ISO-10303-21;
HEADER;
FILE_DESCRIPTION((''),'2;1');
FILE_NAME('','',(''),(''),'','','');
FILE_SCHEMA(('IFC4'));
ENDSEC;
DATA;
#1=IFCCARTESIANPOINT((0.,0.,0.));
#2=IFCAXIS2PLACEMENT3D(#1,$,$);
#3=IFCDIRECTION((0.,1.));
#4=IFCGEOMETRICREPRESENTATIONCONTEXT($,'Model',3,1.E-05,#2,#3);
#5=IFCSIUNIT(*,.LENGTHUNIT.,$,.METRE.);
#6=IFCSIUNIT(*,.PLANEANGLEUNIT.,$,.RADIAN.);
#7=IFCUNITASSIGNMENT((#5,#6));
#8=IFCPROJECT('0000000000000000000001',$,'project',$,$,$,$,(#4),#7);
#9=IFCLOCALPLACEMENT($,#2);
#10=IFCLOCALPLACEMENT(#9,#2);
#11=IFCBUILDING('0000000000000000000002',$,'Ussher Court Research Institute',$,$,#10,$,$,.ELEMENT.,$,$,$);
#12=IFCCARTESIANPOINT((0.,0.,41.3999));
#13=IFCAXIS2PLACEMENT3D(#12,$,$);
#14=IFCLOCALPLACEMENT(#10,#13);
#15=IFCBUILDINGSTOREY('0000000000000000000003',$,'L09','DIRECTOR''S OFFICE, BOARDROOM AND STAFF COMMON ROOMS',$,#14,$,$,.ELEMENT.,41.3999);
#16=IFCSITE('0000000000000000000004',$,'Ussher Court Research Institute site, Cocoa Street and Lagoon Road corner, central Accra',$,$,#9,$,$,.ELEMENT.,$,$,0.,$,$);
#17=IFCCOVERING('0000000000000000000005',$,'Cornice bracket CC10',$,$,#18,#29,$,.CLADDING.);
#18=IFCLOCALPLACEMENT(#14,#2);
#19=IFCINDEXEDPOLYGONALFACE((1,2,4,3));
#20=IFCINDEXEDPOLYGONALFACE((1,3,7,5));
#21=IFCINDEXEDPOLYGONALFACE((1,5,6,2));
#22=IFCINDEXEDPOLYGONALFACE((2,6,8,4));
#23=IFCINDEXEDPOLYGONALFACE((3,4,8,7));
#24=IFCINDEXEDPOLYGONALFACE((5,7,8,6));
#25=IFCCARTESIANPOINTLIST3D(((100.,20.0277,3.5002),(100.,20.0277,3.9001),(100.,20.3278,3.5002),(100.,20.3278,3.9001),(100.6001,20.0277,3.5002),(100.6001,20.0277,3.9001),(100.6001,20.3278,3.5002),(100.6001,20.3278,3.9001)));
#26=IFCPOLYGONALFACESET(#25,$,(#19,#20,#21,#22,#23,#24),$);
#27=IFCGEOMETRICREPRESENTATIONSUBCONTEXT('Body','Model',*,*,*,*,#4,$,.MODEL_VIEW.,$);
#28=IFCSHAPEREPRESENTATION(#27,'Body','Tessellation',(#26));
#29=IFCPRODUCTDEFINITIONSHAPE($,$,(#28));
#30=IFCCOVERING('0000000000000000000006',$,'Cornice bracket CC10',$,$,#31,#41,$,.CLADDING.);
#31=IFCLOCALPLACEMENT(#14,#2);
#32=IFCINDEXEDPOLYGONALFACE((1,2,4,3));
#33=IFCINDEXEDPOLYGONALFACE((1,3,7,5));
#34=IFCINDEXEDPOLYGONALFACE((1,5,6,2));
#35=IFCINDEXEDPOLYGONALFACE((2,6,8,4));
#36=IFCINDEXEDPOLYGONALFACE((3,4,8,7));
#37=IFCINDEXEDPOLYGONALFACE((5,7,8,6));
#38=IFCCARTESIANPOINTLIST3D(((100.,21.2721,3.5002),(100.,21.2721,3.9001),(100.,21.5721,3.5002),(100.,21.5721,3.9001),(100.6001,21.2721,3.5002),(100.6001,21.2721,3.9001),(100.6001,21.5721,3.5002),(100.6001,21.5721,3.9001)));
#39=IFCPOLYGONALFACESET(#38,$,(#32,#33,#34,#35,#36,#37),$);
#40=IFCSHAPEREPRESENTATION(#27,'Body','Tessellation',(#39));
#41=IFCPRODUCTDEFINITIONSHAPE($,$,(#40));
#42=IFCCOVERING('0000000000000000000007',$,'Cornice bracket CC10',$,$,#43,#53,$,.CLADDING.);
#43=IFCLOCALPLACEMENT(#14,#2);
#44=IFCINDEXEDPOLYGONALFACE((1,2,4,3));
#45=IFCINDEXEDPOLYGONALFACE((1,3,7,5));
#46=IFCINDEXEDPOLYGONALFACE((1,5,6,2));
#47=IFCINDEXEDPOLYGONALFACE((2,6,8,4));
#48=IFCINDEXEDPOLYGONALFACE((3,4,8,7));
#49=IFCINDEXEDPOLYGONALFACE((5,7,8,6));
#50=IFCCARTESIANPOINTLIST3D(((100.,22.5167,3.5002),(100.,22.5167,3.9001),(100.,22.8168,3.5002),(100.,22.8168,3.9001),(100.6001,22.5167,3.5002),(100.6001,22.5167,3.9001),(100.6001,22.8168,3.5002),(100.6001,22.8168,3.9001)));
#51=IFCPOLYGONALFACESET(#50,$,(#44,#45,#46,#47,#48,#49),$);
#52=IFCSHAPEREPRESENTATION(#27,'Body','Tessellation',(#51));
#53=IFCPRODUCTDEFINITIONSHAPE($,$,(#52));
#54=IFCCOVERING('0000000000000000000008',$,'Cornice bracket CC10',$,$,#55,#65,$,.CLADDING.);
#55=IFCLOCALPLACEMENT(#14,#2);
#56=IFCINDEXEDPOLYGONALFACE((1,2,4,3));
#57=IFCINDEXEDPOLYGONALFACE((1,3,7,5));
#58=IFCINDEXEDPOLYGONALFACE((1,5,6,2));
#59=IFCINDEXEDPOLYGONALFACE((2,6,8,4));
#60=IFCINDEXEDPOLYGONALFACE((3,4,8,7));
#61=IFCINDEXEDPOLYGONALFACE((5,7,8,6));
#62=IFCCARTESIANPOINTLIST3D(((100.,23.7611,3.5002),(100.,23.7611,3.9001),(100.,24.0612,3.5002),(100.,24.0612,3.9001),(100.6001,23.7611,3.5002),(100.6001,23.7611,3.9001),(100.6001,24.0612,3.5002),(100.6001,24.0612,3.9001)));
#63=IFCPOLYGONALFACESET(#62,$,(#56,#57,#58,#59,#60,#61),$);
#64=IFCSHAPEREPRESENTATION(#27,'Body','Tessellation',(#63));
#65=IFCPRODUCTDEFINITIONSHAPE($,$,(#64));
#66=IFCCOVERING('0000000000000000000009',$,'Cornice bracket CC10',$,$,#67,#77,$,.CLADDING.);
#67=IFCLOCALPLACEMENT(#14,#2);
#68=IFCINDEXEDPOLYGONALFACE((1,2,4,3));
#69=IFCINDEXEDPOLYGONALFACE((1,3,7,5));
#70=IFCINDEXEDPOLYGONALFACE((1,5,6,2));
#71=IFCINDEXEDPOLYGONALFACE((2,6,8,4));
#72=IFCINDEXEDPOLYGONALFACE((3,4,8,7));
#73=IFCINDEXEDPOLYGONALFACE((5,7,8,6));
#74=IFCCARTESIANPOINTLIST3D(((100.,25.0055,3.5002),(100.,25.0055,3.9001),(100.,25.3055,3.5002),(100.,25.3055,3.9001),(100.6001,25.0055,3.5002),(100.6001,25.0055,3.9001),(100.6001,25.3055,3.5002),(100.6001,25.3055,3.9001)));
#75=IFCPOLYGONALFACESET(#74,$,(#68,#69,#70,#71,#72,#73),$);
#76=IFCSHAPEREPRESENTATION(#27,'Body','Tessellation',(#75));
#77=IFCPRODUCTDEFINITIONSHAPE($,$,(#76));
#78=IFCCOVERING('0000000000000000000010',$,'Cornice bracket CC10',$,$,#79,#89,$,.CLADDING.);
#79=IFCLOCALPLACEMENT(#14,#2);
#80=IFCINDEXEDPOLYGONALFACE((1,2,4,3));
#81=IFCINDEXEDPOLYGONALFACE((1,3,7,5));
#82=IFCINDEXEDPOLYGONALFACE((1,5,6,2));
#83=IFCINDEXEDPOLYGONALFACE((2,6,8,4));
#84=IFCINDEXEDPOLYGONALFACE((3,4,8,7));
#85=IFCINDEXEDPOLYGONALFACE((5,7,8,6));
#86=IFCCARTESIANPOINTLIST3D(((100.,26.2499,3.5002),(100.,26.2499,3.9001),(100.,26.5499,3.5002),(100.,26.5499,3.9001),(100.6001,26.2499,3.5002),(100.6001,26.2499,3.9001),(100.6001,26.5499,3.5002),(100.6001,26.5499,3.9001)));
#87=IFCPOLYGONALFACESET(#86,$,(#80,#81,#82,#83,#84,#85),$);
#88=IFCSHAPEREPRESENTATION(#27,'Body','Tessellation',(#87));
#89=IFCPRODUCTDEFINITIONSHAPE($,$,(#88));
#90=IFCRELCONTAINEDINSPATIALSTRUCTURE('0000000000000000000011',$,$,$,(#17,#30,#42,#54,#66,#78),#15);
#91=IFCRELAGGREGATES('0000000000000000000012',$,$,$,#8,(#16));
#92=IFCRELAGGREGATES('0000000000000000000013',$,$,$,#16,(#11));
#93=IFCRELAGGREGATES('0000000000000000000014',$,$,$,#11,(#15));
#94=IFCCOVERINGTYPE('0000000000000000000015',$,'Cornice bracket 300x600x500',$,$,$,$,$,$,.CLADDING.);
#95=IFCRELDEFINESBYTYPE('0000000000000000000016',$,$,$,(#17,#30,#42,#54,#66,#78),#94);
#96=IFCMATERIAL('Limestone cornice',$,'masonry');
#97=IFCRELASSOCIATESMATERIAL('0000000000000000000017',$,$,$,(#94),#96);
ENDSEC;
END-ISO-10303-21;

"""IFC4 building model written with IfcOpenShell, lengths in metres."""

from ifc_helpers import new_model, si_unit, direction, frame, origin, origin_2d, place, context, subcontext, project, spatial, rectangle, extrude, material, type_object, element, save


model = new_model("IFC4")

# Units and contexts
model_context = context("Model", 3, precision=1e-05, world=origin(), true_north=direction((0.0, 1.0)))
body_context = subcontext(model_context, "Body", "Model", "MODEL_VIEW")
ifc_project = project(units=[si_unit("LENGTHUNIT", "METRE"), si_unit("PLANEANGLEUNIT", "RADIAN")], contexts=[model_context])

# Site, building, storey
site_placement = place(None, origin())
site = spatial("IfcSite", under=ifc_project, at=site_placement, Name="Ussher Court Research Institute site, Cocoa Street and Lagoon Road corner, central Accra", CompositionType="ELEMENT", RefElevation=0.0)
building_placement = place(site_placement, origin())
building = spatial("IfcBuilding", under=site, at=building_placement, Name="Ussher Court Research Institute", CompositionType="ELEMENT")
storey_placement = place(building_placement, frame((0.0, 0.0, 41.3999)))
storey = spatial("IfcBuildingStorey", under=building, at=storey_placement, Name="L09", Description="DIRECTOR'S OFFICE, BOARDROOM AND STAFF COMMON ROOMS", CompositionType="ELEMENT", Elevation=41.3999)

# Coverings
ifc_material_1 = material(Name="Limestone cornice", Category="masonry")
covering_type = type_object("IfcCoveringType", Name="Cornice bracket 300x600x500", PredefinedType="CLADDING", material=ifc_material_1)
for number, where, z_axis, x_axis, name in (
    (1, (100.3, 20.1777, 3.5002), (0.0, 0.0, 1.0), (0.0, 1.0, 0.0), "Cornice bracket CC10"),
    (2, (100.3, 21.4221, 3.5002), (0.0, 0.0, 1.0), (0.0, 1.0, 0.0), "Cornice bracket CC10"),
    (3, (100.3, 22.6667, 3.5002), (0.0, 0.0, 1.0), (0.0, 1.0, 0.0), "Cornice bracket CC10"),
    (4, (100.3, 23.9111, 3.5002), (0.0, 0.0, 1.0), (0.0, 1.0, 0.0), "Cornice bracket CC10"),
    (5, (100.3, 25.1555, 3.5002), (0.0, 0.0, 1.0), (0.0, 1.0, 0.0), "Cornice bracket CC10"),
    (6, (100.3, 26.3999, 3.5002), (0.0, 0.0, 1.0), (0.0, 1.0, 0.0), "Cornice bracket CC10"),
):
    element("IfcCovering", number, at=place(storey_placement, frame(where, z_axis=z_axis, x_axis=x_axis)), inside=storey, type_object=covering_type, Name=name, PredefinedType="CLADDING", context=body_context, shape_type="SweptSolid", body=[
        extrude(rectangle(XDim=0.3, YDim=0.6001, at=origin_2d()), origin(), (0.0, 0.0, 1.0), 0.3999),
    ])

save(model, "model.ifc")
